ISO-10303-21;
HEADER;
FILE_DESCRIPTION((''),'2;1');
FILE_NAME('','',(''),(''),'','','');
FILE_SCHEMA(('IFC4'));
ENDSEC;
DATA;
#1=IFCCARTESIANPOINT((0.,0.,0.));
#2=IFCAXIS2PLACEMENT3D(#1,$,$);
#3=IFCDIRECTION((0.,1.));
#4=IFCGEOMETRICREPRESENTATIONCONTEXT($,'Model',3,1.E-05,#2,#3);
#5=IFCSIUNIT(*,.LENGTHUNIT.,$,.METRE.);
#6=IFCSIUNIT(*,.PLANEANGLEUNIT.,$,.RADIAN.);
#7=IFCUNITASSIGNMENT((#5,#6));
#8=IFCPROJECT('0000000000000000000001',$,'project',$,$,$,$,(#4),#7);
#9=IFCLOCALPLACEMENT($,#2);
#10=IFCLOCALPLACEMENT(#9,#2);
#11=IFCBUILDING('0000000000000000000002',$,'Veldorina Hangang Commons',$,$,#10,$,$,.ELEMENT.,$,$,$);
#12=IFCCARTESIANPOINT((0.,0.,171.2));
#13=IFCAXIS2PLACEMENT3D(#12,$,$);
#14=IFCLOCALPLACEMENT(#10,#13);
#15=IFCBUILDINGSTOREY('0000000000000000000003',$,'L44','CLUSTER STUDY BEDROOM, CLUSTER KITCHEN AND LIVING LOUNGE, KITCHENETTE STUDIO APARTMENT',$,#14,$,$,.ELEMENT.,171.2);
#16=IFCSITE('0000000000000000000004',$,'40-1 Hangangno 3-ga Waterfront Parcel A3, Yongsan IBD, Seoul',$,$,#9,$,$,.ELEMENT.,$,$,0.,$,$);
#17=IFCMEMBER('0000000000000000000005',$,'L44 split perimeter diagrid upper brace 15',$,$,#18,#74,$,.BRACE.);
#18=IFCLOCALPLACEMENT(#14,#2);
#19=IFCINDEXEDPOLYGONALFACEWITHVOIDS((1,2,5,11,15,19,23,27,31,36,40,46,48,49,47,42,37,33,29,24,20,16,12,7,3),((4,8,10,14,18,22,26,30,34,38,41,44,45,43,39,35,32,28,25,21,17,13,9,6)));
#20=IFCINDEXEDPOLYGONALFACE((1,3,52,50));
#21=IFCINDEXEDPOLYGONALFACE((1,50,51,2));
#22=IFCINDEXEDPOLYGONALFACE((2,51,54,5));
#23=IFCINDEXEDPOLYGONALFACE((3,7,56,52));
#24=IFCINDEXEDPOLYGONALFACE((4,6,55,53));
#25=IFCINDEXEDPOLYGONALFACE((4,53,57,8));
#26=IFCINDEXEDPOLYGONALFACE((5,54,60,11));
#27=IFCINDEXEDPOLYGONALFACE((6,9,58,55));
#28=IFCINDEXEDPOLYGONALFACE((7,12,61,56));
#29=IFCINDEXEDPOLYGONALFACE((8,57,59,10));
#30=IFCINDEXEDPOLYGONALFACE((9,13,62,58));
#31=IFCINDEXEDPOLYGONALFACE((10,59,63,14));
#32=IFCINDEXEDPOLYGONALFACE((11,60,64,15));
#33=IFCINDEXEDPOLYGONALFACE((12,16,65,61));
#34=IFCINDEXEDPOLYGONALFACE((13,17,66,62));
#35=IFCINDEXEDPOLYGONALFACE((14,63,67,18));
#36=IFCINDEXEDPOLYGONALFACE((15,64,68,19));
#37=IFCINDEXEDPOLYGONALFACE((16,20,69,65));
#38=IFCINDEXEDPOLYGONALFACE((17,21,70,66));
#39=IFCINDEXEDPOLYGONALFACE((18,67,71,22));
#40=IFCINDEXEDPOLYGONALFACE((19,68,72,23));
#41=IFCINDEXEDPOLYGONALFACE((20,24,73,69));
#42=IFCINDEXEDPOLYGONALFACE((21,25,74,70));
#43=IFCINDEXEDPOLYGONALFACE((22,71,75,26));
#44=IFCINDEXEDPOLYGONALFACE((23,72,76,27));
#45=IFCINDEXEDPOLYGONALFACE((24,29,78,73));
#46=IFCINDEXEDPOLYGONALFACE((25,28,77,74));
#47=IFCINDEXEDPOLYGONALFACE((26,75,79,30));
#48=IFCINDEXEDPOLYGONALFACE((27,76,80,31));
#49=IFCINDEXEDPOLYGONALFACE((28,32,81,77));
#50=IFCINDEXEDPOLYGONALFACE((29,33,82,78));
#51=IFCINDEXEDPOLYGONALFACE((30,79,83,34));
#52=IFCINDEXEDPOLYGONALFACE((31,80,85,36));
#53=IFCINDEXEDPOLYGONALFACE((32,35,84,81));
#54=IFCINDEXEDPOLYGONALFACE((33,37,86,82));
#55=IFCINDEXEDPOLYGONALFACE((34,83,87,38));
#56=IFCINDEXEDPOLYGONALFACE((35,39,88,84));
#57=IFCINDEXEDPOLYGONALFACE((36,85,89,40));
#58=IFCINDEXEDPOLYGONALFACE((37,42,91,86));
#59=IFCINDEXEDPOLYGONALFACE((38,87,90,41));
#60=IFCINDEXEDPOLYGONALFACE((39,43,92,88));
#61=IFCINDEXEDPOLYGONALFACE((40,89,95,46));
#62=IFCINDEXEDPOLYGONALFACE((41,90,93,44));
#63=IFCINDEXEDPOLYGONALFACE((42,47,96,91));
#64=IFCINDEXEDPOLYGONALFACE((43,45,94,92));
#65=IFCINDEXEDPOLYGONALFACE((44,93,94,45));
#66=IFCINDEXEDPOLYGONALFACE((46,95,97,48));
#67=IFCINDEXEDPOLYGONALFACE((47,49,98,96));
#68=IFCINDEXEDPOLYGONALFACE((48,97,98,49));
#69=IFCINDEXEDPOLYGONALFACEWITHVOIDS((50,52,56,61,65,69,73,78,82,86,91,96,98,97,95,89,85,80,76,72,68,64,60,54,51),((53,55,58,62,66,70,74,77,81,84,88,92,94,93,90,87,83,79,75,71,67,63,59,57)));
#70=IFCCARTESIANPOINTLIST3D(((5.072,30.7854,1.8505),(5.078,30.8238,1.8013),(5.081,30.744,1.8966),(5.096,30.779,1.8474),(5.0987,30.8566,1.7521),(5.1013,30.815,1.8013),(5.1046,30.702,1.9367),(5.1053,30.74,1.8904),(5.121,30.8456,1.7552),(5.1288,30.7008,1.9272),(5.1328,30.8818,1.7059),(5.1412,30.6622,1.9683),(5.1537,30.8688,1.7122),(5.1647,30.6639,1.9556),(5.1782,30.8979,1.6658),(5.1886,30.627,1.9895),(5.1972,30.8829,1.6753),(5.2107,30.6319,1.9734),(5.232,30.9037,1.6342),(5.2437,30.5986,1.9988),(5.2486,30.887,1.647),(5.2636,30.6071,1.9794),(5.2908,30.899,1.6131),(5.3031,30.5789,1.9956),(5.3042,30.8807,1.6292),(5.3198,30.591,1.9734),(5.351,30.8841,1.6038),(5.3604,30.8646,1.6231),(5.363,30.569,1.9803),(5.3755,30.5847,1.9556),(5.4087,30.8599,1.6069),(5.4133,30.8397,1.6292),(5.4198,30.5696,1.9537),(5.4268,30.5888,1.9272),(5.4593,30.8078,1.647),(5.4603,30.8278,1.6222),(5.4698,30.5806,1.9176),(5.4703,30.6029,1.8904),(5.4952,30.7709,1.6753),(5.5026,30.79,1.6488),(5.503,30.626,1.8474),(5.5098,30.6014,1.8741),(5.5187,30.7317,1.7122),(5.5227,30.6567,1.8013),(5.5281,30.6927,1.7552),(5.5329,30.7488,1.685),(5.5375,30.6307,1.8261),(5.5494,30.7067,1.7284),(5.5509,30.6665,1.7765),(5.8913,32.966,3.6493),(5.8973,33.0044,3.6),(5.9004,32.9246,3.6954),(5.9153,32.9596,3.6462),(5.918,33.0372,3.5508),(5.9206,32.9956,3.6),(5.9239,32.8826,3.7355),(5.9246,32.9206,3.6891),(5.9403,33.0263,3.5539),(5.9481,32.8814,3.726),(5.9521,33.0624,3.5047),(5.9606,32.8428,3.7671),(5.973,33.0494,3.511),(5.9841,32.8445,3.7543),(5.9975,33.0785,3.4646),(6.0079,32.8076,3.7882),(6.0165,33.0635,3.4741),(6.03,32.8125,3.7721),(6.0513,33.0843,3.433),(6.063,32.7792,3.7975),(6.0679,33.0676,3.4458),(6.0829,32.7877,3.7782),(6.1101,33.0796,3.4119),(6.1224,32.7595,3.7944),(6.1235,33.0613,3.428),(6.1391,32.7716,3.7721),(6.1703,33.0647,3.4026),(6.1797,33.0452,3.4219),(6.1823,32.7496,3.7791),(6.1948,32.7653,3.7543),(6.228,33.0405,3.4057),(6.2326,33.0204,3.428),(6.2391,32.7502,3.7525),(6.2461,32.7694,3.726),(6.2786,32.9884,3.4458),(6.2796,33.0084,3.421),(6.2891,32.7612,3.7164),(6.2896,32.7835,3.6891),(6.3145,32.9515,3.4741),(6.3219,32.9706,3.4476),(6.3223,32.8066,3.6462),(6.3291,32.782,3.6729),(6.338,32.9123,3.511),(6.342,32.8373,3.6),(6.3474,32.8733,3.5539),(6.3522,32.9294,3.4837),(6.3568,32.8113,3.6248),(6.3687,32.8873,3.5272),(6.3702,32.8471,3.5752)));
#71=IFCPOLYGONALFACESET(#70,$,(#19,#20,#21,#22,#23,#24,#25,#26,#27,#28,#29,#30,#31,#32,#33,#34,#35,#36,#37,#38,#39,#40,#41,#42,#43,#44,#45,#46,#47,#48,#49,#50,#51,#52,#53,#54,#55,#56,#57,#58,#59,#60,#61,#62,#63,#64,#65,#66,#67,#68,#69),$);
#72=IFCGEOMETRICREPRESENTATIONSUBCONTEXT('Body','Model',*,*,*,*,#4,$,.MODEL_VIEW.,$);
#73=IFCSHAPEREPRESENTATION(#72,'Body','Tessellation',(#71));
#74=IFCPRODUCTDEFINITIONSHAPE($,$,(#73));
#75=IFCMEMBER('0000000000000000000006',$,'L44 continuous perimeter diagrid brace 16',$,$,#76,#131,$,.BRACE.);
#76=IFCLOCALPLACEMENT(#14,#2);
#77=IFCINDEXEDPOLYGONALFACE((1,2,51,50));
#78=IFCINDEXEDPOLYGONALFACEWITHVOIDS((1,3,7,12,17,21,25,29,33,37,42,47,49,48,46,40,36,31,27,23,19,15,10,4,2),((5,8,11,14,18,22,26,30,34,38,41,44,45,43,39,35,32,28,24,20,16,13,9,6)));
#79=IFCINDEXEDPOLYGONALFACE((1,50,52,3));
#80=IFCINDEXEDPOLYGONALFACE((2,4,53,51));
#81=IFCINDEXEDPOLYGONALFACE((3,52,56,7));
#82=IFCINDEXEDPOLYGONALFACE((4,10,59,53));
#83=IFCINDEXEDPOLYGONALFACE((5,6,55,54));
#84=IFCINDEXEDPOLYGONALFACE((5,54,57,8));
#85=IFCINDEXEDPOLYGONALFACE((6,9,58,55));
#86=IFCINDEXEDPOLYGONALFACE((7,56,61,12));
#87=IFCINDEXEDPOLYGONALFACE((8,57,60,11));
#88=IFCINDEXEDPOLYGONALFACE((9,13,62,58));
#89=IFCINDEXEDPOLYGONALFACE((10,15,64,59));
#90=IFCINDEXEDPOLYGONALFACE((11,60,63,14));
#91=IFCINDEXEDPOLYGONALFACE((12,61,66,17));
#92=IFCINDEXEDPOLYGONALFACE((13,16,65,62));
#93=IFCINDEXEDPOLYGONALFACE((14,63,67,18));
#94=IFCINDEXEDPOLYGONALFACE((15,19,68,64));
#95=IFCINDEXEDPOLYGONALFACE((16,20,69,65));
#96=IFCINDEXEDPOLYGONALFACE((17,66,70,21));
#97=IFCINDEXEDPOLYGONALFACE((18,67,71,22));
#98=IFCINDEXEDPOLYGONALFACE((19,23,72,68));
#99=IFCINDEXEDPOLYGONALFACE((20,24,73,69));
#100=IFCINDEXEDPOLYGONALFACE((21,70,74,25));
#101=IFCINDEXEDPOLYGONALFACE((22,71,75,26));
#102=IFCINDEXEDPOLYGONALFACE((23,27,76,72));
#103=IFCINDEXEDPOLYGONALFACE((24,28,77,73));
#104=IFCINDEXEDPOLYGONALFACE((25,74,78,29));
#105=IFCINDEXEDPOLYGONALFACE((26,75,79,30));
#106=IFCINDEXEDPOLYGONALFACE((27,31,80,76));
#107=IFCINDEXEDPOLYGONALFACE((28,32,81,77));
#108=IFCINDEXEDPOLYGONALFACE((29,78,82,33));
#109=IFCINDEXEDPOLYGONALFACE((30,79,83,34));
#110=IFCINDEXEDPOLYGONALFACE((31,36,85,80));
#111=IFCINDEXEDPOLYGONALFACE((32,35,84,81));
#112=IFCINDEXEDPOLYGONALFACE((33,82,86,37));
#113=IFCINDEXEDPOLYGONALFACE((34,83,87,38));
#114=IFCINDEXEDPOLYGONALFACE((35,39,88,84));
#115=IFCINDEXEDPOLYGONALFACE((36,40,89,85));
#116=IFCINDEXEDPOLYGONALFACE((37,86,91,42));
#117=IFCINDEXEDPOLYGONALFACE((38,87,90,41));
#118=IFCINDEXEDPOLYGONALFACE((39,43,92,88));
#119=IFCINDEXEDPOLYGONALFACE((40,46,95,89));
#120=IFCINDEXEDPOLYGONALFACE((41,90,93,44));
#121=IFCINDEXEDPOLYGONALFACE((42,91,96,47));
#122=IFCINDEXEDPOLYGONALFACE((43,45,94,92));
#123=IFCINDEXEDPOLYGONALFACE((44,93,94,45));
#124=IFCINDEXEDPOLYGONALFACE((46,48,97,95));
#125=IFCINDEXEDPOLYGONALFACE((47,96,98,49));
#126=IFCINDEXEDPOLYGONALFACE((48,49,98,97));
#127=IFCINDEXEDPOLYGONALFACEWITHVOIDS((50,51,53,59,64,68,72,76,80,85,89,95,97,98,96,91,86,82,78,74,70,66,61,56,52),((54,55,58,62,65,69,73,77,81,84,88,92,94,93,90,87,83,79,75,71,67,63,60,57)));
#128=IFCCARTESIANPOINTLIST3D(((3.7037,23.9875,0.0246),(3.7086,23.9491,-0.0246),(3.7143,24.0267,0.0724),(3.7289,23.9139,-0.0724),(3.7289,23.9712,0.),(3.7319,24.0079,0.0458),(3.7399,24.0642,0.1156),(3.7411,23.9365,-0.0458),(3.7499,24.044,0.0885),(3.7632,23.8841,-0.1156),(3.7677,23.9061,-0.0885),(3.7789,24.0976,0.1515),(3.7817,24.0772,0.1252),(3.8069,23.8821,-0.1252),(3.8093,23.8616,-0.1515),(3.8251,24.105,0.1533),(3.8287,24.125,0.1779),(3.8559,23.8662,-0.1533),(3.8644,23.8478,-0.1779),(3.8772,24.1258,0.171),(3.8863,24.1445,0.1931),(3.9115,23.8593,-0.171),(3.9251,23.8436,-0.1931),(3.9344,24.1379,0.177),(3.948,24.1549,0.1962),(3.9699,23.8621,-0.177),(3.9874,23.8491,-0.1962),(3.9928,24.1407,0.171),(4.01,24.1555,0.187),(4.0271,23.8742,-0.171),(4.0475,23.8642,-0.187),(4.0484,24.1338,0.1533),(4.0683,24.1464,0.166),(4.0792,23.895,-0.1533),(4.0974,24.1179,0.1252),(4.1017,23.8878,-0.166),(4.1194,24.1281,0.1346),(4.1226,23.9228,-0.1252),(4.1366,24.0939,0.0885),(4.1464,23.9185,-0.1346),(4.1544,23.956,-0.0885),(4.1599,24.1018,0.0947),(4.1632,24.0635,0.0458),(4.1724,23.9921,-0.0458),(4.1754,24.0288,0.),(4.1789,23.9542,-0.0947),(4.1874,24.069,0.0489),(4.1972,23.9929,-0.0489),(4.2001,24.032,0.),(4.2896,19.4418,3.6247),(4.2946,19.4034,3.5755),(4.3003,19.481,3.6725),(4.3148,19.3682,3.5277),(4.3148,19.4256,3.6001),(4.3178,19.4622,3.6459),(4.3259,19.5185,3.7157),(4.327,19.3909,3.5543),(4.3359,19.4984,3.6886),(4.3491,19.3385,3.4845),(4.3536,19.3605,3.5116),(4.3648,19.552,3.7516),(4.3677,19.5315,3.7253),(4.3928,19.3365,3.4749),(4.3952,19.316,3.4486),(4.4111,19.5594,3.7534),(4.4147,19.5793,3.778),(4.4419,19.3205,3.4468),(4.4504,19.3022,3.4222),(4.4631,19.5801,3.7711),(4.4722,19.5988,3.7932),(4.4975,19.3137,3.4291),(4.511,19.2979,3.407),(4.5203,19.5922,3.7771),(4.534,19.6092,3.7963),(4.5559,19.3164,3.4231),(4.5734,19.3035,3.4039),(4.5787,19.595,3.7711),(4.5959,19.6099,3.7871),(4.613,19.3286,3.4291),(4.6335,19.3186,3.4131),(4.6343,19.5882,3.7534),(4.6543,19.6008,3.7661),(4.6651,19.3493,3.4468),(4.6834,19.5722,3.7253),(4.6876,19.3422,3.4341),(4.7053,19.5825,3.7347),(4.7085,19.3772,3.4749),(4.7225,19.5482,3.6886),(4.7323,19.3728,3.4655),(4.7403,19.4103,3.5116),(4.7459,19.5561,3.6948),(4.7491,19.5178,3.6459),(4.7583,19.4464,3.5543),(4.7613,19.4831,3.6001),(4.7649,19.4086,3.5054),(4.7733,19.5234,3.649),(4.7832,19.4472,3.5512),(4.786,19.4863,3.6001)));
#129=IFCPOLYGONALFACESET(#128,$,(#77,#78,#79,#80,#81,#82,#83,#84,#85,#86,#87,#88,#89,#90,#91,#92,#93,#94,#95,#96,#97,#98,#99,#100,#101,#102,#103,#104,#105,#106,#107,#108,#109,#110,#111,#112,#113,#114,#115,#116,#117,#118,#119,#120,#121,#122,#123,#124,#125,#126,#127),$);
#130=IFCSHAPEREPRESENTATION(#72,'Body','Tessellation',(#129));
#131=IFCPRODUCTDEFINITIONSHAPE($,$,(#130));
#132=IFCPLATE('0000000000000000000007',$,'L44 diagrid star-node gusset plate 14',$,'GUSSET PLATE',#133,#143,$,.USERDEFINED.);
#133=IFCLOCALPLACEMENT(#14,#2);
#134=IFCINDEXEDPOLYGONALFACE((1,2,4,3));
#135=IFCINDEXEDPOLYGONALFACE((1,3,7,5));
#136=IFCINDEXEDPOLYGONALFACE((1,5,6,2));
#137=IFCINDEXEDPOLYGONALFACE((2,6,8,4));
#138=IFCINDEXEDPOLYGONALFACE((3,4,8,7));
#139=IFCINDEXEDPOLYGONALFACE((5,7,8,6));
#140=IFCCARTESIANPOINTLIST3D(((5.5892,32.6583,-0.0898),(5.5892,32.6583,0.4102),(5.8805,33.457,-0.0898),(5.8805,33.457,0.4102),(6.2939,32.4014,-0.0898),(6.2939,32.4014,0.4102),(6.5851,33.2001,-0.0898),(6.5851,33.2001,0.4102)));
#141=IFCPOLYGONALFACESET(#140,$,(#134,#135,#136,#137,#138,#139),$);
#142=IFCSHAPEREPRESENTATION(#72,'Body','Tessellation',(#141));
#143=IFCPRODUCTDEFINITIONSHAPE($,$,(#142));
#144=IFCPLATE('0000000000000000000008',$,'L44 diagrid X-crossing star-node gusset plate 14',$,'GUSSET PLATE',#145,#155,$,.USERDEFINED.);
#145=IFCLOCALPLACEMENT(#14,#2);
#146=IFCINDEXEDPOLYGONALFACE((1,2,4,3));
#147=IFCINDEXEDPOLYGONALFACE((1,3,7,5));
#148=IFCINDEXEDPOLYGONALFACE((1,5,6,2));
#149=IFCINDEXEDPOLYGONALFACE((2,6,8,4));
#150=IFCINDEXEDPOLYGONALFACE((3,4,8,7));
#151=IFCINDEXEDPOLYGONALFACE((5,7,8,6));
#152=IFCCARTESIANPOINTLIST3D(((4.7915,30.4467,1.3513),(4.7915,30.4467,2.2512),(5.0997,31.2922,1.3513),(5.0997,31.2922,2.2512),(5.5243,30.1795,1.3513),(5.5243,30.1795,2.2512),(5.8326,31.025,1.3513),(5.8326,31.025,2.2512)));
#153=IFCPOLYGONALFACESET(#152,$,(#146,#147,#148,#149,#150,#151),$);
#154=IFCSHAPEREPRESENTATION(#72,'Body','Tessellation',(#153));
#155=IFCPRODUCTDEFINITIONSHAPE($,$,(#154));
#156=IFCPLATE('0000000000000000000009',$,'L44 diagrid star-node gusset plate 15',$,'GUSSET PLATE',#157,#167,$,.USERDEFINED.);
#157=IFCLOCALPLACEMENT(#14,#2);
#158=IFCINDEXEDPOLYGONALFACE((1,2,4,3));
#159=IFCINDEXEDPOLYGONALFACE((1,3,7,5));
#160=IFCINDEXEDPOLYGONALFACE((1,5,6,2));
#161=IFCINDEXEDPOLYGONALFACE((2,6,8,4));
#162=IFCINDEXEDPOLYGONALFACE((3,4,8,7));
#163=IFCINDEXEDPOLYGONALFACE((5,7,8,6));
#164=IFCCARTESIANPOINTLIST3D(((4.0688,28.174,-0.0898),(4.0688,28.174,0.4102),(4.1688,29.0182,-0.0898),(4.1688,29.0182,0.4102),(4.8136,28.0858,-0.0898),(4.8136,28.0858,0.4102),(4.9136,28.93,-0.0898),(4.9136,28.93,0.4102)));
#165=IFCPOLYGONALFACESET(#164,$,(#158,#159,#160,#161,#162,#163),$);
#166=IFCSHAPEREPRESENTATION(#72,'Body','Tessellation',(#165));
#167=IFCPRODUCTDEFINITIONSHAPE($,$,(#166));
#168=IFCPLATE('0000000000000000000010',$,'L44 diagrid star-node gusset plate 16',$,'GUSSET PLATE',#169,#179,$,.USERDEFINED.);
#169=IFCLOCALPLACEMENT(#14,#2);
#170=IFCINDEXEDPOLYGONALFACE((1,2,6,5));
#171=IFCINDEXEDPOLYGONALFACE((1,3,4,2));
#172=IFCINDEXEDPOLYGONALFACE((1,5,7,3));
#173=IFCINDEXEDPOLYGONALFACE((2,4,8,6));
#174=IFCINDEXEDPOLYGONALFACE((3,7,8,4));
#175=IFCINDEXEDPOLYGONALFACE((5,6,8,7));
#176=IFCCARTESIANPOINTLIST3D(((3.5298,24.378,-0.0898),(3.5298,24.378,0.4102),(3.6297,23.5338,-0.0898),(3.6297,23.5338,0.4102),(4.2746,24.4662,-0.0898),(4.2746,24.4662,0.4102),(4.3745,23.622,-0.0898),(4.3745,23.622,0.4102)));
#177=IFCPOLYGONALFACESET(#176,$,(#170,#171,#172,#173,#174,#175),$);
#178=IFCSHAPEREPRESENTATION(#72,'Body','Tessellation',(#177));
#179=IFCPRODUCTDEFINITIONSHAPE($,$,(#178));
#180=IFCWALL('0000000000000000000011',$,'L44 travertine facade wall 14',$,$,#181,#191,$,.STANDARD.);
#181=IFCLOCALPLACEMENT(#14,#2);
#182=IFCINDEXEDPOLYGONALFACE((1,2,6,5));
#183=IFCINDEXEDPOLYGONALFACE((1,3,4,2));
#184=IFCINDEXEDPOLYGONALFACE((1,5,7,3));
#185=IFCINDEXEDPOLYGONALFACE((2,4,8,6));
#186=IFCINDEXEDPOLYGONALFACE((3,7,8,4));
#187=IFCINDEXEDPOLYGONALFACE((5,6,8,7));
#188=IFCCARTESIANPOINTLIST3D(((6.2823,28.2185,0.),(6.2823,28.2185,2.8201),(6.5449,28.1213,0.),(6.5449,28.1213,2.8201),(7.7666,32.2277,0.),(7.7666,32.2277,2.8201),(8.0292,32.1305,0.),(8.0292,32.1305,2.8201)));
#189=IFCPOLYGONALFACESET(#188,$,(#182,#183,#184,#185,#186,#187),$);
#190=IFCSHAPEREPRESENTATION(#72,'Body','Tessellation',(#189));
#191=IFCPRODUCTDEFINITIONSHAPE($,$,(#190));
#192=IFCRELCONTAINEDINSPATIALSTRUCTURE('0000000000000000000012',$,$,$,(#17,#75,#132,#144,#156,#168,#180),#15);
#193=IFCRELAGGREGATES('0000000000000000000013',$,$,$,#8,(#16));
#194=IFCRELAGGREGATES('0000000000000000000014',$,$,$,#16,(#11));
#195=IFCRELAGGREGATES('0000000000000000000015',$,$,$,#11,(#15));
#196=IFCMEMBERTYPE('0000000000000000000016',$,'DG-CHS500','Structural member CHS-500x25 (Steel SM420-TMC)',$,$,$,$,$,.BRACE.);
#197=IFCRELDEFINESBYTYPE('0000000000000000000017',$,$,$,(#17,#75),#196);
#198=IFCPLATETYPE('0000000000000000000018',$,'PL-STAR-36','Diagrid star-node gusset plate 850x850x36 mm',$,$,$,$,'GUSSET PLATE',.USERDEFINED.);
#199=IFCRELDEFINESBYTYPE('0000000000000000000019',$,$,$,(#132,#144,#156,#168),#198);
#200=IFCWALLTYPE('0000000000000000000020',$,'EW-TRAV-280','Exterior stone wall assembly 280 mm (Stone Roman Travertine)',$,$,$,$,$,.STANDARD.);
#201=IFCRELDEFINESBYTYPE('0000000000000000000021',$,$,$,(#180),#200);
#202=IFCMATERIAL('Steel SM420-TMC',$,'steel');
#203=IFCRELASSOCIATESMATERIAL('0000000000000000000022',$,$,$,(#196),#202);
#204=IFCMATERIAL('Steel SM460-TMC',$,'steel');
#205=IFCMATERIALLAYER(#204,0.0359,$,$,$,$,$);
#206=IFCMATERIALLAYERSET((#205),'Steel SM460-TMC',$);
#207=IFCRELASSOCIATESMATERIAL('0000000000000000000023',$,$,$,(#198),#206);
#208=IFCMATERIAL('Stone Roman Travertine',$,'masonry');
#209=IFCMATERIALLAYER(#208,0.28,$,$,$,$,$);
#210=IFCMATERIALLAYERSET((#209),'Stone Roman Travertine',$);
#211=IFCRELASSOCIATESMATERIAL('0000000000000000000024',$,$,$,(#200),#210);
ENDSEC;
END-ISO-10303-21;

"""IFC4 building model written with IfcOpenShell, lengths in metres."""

from ifc_helpers import new_model, si_unit, direction, frame, frame_2d, origin, origin_2d, place, context, subcontext, project, spatial, rectangle, hollow_circle, extrude, material, layer, layer_set, material_profile, profile_set, type_object, element, save


model = new_model("IFC4")

# Units and contexts
model_context = context("Model", 3, precision=1e-05, world=origin(), true_north=direction((0.0, 1.0)))
body_context = subcontext(model_context, "Body", "Model", "MODEL_VIEW")
ifc_project = project(units=[si_unit("LENGTHUNIT", "METRE"), si_unit("PLANEANGLEUNIT", "RADIAN")], contexts=[model_context])

# Site, building, storey
site_placement = place(None, origin())
site = spatial("IfcSite", under=ifc_project, at=site_placement, Name="40-1 Hangangno 3-ga Waterfront Parcel A3, Yongsan IBD, Seoul", CompositionType="ELEMENT", RefElevation=0.0)
building_placement = place(site_placement, origin())
building = spatial("IfcBuilding", under=site, at=building_placement, Name="Veldorina Hangang Commons", CompositionType="ELEMENT")
storey_placement = place(building_placement, frame((0.0, 0.0, 171.2)))
storey = spatial("IfcBuildingStorey", under=building, at=storey_placement, Name="L44", Description="CLUSTER STUDY BEDROOM, CLUSTER KITCHEN AND LIVING LOUNGE, KITCHENETTE STUDIO APARTMENT", CompositionType="ELEMENT", Elevation=171.2)

# Shared definitions
ifc_material_1 = material(Name="Steel SM420-TMC", Category="steel")

# Members
ifc_material_profile_1 = material_profile(ifc_material_1, hollow_circle(Radius=0.25, WallThickness=0.0249, at=origin_2d()), Name="CHS-500x25")
ifc_profile_set_1 = profile_set([ifc_material_profile_1], Name="Steel SM420-TMC")
member_type = type_object("IfcMemberType", Name="DG-CHS500", Description="Structural member CHS-500x25 (Steel SM420-TMC)", PredefinedType="BRACE", material=ifc_profile_set_1)
member_1_placement = place(storey_placement, frame((5.312, 30.7358, 1.8013), z_axis=(0.278383, 0.740918, 0.611182), x_axis=(-0.936105, 0.351721, 0.0)))
element("IfcMember", 1, at=member_1_placement, inside=storey, type_object=member_type, Name="L44 split perimeter diagrid upper brace 15", PredefinedType="BRACE", context=body_context, shape_type="SweptSolid", body=[
    extrude(hollow_circle(Radius=0.25, WallThickness=0.0249, at=origin_2d()), origin(), (0.0, 0.0, 1.0), 2.9431),
])
member_2_placement = place(storey_placement, frame((3.9521, 24.0, 0.0), z_axis=(0.100536, -0.779952, 0.617712), x_axis=(0.991794, 0.127843, 0.0)))
element("IfcMember", 2, at=member_2_placement, inside=storey, type_object=member_type, Name="L44 continuous perimeter diagrid brace 16", PredefinedType="BRACE", context=body_context, shape_type="SweptSolid", body=[
    extrude(hollow_circle(Radius=0.25, WallThickness=0.0249, at=origin_2d()), origin(), (0.0, 0.0, 1.0), 5.8281),
])

# Plates
ifc_material_2 = material(Name="Steel SM460-TMC", Category="steel")
ifc_layer_1 = layer(ifc_material_2, 0.0359)
ifc_layer_set_1 = layer_set([ifc_layer_1], Name="Steel SM460-TMC")
plate_type = type_object("IfcPlateType", Name="PL-STAR-36", Description="Diagrid star-node gusset plate 850x850x36 mm", ElementType="GUSSET PLATE", PredefinedType="USERDEFINED", material=ifc_layer_set_1)
plate_1_placement = place(storey_placement, frame((6.0872, 32.9292, -0.0898), z_axis=(0.0, 0.0, 1.0), x_axis=(-0.342578, -0.939489, 0.0)))
element("IfcPlate", 3, at=plate_1_placement, inside=storey, type_object=plate_type, Name="L44 diagrid star-node gusset plate 14", ObjectType="GUSSET PLATE", PredefinedType="USERDEFINED", context=body_context, shape_type="SweptSolid", body=[
    extrude(rectangle(XDim=0.8501, YDim=0.75, at=origin_2d()), origin(), (0.0, 0.0, 1.0), 0.5),
])
plate_2_placement = place(storey_placement, frame((5.312, 30.7358, 1.3513), z_axis=(0.0, 0.0, 1.0), x_axis=(-0.342578, -0.939489, 0.0)))
element("IfcPlate", 4, at=plate_2_placement, inside=storey, type_object=plate_type, Name="L44 diagrid X-crossing star-node gusset plate 14", ObjectType="GUSSET PLATE", PredefinedType="USERDEFINED", context=body_context, shape_type="SweptSolid", body=[
    extrude(rectangle(XDim=0.8999, YDim=0.78, at=origin_2d()), origin(), (0.0, 0.0, 1.0), 0.8999),
])
for number, where, z_axis, x_axis, name in (
    (5, (4.4912, 28.552, -0.0898), (0.0, 0.0, 1.0), (-0.117572, -0.993064, 0.0), "L44 diagrid star-node gusset plate 15"),
    (6, (3.9521, 24.0, -0.0898), (0.0, 0.0, 1.0), (0.117572, -0.993064, 0.0), "L44 diagrid star-node gusset plate 16"),
):
    element("IfcPlate", number, at=place(storey_placement, frame(where, z_axis=z_axis, x_axis=x_axis)), inside=storey, type_object=plate_type, Name=name, ObjectType="GUSSET PLATE", PredefinedType="USERDEFINED", context=body_context, shape_type="SweptSolid", body=[
        extrude(rectangle(XDim=0.8501, YDim=0.75, at=origin_2d()), origin(), (0.0, 0.0, 1.0), 0.5),
    ])

# Wall
ifc_material_3 = material(Name="Stone Roman Travertine", Category="masonry")
ifc_layer_2 = layer(ifc_material_3, 0.28)
ifc_layer_set_2 = layer_set([ifc_layer_2], Name="Stone Roman Travertine")
wall_type_1 = type_object("IfcWallType", Name="EW-TRAV-280", Description="Exterior stone wall assembly 280 mm (Stone Roman Travertine)", PredefinedType="STANDARD", material=ifc_layer_set_2)
wall_1_placement = place(storey_placement, frame((7.8979, 32.1792, 0.0), z_axis=(0.0, 0.0, 1.0), x_axis=(-0.347203, -0.93779, 0.0)))
element("IfcWall", 7, at=wall_1_placement, inside=storey, type_object=wall_type_1, Name="L44 travertine facade wall 14", PredefinedType="STANDARD", context=body_context, shape_type="SweptSolid", body=[
    extrude(rectangle(XDim=4.2751, YDim=0.28, at=frame_2d((2.1377, 0.0))), origin(), (0.0, 0.0, 1.0), 2.8201),
])

save(model, "model.ifc")
